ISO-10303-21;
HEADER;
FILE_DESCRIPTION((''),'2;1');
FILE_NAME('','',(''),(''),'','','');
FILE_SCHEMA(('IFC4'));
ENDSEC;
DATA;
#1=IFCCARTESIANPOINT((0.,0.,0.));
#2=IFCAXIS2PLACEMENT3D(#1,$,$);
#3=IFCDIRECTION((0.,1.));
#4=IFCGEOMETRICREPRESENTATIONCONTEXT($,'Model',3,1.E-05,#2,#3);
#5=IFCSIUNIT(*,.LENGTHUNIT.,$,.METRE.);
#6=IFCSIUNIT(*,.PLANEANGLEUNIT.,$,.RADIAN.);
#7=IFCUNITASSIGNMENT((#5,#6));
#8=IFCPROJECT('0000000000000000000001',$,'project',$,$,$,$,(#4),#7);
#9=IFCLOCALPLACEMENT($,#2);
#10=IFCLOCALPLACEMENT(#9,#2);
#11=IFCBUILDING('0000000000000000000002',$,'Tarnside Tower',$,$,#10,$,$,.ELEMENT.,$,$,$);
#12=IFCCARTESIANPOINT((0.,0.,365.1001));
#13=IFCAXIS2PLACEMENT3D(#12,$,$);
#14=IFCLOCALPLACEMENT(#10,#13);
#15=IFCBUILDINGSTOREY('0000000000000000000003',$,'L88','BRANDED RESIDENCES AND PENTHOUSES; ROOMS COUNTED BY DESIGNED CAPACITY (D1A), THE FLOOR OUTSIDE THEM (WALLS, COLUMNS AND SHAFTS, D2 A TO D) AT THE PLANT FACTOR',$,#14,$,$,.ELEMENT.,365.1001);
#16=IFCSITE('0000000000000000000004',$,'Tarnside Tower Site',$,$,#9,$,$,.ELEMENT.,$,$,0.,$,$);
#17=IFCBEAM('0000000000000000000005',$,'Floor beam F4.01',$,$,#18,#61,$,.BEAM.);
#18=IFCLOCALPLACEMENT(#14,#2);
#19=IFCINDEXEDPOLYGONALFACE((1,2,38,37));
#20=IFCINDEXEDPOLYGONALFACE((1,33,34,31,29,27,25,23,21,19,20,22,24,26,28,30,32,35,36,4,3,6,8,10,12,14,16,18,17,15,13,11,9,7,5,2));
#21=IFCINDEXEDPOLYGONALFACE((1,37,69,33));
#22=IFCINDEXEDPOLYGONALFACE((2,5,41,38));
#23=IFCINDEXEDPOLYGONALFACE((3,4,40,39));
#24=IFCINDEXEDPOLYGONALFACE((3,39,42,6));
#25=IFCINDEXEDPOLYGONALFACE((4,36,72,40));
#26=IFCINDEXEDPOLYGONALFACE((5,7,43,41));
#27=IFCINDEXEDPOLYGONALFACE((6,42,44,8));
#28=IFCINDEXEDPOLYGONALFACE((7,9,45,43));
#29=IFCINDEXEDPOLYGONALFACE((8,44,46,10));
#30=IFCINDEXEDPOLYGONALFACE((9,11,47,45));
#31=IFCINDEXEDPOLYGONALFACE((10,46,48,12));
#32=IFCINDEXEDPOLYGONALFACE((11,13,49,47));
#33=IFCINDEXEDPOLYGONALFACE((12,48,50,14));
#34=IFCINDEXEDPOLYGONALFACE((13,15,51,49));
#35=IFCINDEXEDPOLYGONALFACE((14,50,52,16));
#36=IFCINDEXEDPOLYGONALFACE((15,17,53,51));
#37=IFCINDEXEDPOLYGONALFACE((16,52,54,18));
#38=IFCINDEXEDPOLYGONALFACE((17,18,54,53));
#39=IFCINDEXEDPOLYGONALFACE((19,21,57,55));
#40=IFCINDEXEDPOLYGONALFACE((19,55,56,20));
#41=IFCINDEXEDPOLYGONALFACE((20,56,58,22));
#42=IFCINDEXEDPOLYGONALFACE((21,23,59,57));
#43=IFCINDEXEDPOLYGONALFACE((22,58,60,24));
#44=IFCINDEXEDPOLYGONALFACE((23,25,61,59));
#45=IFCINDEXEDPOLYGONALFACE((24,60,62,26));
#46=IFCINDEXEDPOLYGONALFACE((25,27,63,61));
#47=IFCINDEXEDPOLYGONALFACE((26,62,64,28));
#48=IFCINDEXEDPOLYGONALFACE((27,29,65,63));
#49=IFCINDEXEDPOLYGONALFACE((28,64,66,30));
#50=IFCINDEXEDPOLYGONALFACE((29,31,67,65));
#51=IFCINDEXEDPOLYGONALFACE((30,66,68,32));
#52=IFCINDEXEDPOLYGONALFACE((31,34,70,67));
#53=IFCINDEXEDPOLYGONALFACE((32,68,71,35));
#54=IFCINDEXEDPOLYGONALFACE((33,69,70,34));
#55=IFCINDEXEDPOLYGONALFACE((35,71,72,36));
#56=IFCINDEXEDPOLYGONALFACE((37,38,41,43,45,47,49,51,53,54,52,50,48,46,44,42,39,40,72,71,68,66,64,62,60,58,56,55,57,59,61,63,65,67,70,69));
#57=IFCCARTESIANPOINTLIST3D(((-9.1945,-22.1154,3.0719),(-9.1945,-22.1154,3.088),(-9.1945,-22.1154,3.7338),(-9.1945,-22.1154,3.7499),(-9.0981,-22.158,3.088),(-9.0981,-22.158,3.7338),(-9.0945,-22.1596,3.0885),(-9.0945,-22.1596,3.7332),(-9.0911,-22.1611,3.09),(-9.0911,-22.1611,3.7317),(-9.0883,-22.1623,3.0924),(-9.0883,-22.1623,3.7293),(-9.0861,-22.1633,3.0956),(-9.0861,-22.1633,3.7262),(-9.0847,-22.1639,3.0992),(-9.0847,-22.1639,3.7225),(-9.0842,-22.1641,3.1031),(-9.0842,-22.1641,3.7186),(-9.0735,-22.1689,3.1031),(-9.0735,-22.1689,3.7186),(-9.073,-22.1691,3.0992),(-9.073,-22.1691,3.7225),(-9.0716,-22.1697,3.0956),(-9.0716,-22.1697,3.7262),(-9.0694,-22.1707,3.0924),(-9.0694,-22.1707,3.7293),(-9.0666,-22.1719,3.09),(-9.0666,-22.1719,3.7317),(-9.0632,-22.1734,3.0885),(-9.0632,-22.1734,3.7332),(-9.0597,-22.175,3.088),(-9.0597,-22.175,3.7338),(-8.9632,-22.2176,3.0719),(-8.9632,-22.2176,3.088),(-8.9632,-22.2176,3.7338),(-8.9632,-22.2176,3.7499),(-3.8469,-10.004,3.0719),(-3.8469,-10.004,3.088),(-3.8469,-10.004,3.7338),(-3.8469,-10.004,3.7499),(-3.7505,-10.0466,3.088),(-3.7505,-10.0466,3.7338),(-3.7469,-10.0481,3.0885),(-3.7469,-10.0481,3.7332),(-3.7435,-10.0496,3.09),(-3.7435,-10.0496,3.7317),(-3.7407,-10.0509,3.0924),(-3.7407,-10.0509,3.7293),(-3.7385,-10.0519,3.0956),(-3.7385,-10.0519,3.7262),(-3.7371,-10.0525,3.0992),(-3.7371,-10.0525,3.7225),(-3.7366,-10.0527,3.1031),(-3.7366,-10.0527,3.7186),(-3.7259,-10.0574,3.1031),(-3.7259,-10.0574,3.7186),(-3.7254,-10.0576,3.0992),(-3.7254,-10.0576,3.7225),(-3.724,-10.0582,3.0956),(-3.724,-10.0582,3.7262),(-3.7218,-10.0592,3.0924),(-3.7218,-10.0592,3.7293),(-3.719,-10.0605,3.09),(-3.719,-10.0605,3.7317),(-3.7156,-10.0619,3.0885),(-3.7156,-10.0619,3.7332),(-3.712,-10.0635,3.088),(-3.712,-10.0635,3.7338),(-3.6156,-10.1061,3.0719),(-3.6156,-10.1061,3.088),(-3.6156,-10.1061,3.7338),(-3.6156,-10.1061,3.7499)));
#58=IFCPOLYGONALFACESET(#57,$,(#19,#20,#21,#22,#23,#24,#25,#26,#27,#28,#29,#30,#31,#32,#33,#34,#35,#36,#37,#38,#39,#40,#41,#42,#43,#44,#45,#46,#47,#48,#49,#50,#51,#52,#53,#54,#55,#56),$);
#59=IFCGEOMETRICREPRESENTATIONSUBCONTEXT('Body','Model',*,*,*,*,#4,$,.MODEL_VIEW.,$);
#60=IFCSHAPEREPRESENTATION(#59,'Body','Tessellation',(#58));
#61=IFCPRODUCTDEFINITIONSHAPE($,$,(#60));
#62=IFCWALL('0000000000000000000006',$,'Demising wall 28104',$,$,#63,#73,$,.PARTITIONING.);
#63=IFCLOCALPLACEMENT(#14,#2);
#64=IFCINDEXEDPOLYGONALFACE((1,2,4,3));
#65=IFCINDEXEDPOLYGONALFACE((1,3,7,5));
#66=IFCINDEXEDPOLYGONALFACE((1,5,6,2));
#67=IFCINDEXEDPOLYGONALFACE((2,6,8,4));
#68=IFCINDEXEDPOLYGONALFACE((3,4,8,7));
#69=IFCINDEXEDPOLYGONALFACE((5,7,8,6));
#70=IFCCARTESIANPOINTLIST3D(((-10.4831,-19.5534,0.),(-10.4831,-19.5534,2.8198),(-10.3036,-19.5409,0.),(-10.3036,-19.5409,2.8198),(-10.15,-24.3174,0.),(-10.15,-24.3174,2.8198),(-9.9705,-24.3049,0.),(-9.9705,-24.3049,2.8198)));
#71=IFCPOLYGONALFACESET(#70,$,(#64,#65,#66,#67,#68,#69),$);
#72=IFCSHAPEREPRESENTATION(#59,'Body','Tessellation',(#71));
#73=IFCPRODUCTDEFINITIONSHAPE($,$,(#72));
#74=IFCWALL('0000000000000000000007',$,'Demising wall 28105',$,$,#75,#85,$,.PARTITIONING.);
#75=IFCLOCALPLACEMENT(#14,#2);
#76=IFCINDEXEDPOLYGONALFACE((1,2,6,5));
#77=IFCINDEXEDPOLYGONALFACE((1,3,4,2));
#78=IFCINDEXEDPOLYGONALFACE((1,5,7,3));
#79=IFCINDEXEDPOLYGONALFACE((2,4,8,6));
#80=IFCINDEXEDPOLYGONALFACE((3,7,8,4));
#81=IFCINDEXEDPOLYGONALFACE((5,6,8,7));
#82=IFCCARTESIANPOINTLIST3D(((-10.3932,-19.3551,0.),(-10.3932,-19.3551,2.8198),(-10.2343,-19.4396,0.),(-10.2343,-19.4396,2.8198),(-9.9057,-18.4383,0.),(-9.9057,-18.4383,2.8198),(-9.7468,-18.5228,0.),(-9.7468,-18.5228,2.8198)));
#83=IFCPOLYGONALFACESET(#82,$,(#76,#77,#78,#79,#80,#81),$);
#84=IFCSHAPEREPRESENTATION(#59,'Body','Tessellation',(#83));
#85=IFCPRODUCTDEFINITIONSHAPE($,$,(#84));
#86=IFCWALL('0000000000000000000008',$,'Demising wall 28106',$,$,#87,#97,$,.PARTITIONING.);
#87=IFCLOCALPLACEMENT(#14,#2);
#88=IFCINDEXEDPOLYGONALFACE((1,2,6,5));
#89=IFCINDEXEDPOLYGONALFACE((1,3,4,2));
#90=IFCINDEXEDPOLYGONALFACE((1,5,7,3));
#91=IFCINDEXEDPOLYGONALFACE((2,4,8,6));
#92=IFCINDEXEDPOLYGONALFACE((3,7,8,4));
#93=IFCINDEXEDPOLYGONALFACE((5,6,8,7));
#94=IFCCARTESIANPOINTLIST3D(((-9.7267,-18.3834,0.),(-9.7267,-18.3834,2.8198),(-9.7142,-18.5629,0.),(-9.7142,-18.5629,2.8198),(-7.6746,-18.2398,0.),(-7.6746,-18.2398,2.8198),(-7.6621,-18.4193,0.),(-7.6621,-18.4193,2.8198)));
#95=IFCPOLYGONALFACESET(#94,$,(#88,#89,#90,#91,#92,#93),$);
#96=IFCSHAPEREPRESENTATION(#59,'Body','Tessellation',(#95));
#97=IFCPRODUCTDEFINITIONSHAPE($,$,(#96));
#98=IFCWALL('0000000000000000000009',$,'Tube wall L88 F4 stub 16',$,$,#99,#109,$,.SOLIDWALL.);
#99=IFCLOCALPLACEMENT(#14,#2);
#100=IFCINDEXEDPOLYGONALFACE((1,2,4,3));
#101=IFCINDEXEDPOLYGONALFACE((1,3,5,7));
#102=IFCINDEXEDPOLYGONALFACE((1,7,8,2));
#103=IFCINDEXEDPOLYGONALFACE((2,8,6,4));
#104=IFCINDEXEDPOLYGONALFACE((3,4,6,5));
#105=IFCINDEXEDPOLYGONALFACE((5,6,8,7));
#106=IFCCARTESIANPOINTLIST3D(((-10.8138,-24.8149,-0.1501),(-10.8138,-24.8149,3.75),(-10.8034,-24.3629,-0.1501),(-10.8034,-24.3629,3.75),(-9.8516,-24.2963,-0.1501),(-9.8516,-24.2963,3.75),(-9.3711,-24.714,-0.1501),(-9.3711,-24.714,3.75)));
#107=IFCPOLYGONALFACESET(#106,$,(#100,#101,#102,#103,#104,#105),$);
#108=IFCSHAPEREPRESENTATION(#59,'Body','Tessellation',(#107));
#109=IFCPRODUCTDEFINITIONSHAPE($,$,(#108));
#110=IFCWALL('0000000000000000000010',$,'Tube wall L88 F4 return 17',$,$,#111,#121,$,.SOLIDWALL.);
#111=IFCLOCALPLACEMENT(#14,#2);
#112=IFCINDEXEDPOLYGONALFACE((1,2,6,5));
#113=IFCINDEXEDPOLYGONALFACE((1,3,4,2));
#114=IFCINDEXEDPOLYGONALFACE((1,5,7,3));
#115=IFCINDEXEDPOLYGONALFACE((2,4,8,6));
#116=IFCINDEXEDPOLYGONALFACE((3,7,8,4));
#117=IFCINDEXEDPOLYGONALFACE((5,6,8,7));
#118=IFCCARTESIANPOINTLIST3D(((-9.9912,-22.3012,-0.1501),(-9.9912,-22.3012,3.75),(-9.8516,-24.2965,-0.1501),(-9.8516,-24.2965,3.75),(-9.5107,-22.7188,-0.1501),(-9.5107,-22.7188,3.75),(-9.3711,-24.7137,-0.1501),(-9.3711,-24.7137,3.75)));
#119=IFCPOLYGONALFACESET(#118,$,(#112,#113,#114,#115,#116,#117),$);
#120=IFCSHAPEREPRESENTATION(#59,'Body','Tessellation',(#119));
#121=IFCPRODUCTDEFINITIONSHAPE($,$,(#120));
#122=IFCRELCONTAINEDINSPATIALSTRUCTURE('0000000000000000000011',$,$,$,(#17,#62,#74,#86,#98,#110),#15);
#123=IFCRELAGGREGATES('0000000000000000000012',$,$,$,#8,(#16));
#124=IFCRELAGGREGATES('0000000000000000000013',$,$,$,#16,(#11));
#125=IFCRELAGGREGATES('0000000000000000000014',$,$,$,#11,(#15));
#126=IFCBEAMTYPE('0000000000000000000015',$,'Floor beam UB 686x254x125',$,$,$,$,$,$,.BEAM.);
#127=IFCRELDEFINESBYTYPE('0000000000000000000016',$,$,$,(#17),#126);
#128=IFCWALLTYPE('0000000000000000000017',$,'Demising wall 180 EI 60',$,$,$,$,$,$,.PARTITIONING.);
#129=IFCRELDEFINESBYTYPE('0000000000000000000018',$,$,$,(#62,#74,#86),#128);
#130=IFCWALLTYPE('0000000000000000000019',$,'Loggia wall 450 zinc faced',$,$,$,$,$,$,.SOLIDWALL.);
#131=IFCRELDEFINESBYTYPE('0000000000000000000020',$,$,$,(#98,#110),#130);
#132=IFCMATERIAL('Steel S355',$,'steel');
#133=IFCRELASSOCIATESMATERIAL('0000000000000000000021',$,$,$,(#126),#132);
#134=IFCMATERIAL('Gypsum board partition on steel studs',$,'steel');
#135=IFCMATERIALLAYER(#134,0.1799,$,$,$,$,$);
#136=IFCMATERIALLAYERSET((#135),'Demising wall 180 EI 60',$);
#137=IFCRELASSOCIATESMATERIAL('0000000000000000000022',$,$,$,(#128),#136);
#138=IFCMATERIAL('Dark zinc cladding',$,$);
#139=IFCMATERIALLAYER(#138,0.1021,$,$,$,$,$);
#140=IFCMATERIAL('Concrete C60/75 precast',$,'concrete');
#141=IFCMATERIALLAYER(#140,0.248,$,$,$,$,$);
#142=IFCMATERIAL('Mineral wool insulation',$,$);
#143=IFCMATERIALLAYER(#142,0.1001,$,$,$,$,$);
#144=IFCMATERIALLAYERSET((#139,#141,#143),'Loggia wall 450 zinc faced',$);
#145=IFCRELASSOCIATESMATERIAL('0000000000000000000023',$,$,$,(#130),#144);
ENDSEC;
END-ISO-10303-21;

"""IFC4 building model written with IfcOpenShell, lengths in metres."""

from ifc_helpers import new_model, si_unit, direction, frame, frame_2d, origin, origin_2d, place, context, subcontext, project, spatial, polyline, rectangle, i_section, outline, extrude, material, layer, layer_set, material_profile, profile_set, type_object, element, save


model = new_model("IFC4")

# Units and contexts
model_context = context("Model", 3, precision=1e-05, world=origin(), true_north=direction((0.0, 1.0)))
body_context = subcontext(model_context, "Body", "Model", "MODEL_VIEW")
ifc_project = project(units=[si_unit("LENGTHUNIT", "METRE"), si_unit("PLANEANGLEUNIT", "RADIAN")], contexts=[model_context])

# Site, building, storey
site_placement = place(None, origin())
site = spatial("IfcSite", under=ifc_project, at=site_placement, Name="Tarnside Tower Site", CompositionType="ELEMENT", RefElevation=0.0)
building_placement = place(site_placement, origin())
building = spatial("IfcBuilding", under=site, at=building_placement, Name="Tarnside Tower", CompositionType="ELEMENT")
storey_placement = place(building_placement, frame((0.0, 0.0, 365.1001)))
storey = spatial("IfcBuildingStorey", under=building, at=storey_placement, Name="L88", Description="BRANDED RESIDENCES AND PENTHOUSES; ROOMS COUNTED BY DESIGNED CAPACITY (D1A), THE FLOOR OUTSIDE THEM (WALLS, COLUMNS AND SHAFTS, D2 A TO D) AT THE PLANT FACTOR", CompositionType="ELEMENT", Elevation=365.1001)

# Beam
ifc_material_1 = material(Name="Steel S355", Category="steel")
ifc_material_profile = material_profile(ifc_material_1, i_section(OverallWidth=0.2529, OverallDepth=0.678, WebThickness=0.0117, FlangeThickness=0.0161, FilletRadius=0.0151, at=origin_2d()), Name="UB 686x254x125")
ifc_profile_set = profile_set([ifc_material_profile], Name="Steel S355")
beam_type = type_object("IfcBeamType", Name="Floor beam UB 686x254x125", PredefinedType="BEAM", material=ifc_profile_set)
beam_placement = place(storey_placement, frame((-9.0789, -22.1665, 3.4109), z_axis=(0.403913, 0.914797, 0.0), x_axis=(-0.914797, 0.403913, 0.0)))
element("IfcBeam", 1, at=beam_placement, inside=storey, type_object=beam_type, Name="Floor beam F4.01", PredefinedType="BEAM", context=body_context, shape_type="SweptSolid", body=[
    extrude(i_section(OverallWidth=0.2529, OverallDepth=0.678, WebThickness=0.0117, FlangeThickness=0.0161, FilletRadius=0.0151, at=origin_2d()), origin(), (0.0, 0.0, 1.0), 13.2395),
])

# Walls
ifc_material_2 = material(Name="Gypsum board partition on steel studs", Category="steel")
ifc_layer_1 = layer(ifc_material_2, 0.1799)
ifc_layer_set_1 = layer_set([ifc_layer_1], Name="Demising wall 180 EI 60")
wall_type_1 = type_object("IfcWallType", Name="Demising wall 180 EI 60", PredefinedType="PARTITIONING", material=ifc_layer_set_1)
wall_1_placement = place(storey_placement, frame((-10.0603, -24.311, 0.0), z_axis=(0.0, 0.0, 1.0), x_axis=(-0.069732, 0.997566, 0.0)))
element("IfcWall", 2, at=wall_1_placement, inside=storey, type_object=wall_type_1, Name="Demising wall 28104", PredefinedType="PARTITIONING", context=body_context, shape_type="SweptSolid", body=[
    extrude(rectangle(XDim=4.7756, YDim=0.1799, at=frame_2d((2.3877, 0.0))), origin(), (0.0, 0.0, 1.0), 2.8198),
])
wall_2_placement = place(storey_placement, frame((-10.3137, -19.3972, 0.0), z_axis=(0.0, 0.0, 1.0), x_axis=(0.469551, 0.882906, 0.0)))
element("IfcWall", 3, at=wall_2_placement, inside=storey, type_object=wall_type_1, Name="Demising wall 28105", PredefinedType="PARTITIONING", context=body_context, shape_type="SweptSolid", body=[
    extrude(rectangle(XDim=1.0383, YDim=0.1799, at=frame_2d((0.519, 0.0))), origin(), (0.0, 0.0, 1.0), 2.8198),
])
wall_3_placement = place(storey_placement, frame((-9.7205, -18.4731, 0.0), z_axis=(0.0, 0.0, 1.0), x_axis=(0.997562, 0.069788, 0.0)))
element("IfcWall", 4, at=wall_3_placement, inside=storey, type_object=wall_type_1, Name="Demising wall 28106", PredefinedType="PARTITIONING", context=body_context, shape_type="SweptSolid", body=[
    extrude(rectangle(XDim=2.0571, YDim=0.1799, at=frame_2d((1.0286, 0.0))), origin(), (0.0, 0.0, 1.0), 2.8198),
])
ifc_material_3 = material(Name="Dark zinc cladding")
ifc_layer_2 = layer(ifc_material_3, 0.1021)
ifc_material_4 = material(Name="Concrete C60/75 precast", Category="concrete")
ifc_layer_3 = layer(ifc_material_4, 0.248)
ifc_material_5 = material(Name="Mineral wool insulation")
ifc_layer_4 = layer(ifc_material_5, 0.1001)
ifc_layer_set_2 = layer_set([ifc_layer_2, ifc_layer_3, ifc_layer_4], Name="Loggia wall 450 zinc faced")
wall_type_2 = type_object("IfcWallType", Name="Loggia wall 450 zinc faced", PredefinedType="SOLIDWALL", material=ifc_layer_set_2)
wall_4_placement = place(storey_placement, frame((-10.8086, -24.5889, -0.1501), z_axis=(0.0, 0.0, 1.0), x_axis=(0.997563, 0.069772, 0.0)))
element("IfcWall", 5, at=wall_4_placement, inside=storey, type_object=wall_type_2, Name="Tube wall L88 F4 stub 16", PredefinedType="SOLIDWALL", context=body_context, shape_type="SweptSolid", body=[
    extrude(outline(polyline([(-0.021, -0.2251), (1.4253, -0.2251), (0.9751, 0.2251), (0.021, 0.2251), (-0.021, -0.2251)])), origin(), (0.0, 0.0, 1.0), 3.9001),
])
wall_5_placement = place(storey_placement, frame((-9.6113, -24.5051, -0.1501), z_axis=(0.0, 0.0, 1.0), x_axis=(-0.069824, 0.997559, 0.0)))
element("IfcWall", 6, at=wall_5_placement, inside=storey, type_object=wall_type_2, Name="Tube wall L88 F4 return 17", PredefinedType="SOLIDWALL", context=body_context, shape_type="SweptSolid", body=[
    extrude(outline(polyline([(-0.2249, -0.2251), (1.7749, -0.2251), (2.2251, 0.2251), (0.2249, 0.2251), (-0.2249, -0.2251)])), origin(), (0.0, 0.0, 1.0), 3.9001),
])

save(model, "model.ifc")
